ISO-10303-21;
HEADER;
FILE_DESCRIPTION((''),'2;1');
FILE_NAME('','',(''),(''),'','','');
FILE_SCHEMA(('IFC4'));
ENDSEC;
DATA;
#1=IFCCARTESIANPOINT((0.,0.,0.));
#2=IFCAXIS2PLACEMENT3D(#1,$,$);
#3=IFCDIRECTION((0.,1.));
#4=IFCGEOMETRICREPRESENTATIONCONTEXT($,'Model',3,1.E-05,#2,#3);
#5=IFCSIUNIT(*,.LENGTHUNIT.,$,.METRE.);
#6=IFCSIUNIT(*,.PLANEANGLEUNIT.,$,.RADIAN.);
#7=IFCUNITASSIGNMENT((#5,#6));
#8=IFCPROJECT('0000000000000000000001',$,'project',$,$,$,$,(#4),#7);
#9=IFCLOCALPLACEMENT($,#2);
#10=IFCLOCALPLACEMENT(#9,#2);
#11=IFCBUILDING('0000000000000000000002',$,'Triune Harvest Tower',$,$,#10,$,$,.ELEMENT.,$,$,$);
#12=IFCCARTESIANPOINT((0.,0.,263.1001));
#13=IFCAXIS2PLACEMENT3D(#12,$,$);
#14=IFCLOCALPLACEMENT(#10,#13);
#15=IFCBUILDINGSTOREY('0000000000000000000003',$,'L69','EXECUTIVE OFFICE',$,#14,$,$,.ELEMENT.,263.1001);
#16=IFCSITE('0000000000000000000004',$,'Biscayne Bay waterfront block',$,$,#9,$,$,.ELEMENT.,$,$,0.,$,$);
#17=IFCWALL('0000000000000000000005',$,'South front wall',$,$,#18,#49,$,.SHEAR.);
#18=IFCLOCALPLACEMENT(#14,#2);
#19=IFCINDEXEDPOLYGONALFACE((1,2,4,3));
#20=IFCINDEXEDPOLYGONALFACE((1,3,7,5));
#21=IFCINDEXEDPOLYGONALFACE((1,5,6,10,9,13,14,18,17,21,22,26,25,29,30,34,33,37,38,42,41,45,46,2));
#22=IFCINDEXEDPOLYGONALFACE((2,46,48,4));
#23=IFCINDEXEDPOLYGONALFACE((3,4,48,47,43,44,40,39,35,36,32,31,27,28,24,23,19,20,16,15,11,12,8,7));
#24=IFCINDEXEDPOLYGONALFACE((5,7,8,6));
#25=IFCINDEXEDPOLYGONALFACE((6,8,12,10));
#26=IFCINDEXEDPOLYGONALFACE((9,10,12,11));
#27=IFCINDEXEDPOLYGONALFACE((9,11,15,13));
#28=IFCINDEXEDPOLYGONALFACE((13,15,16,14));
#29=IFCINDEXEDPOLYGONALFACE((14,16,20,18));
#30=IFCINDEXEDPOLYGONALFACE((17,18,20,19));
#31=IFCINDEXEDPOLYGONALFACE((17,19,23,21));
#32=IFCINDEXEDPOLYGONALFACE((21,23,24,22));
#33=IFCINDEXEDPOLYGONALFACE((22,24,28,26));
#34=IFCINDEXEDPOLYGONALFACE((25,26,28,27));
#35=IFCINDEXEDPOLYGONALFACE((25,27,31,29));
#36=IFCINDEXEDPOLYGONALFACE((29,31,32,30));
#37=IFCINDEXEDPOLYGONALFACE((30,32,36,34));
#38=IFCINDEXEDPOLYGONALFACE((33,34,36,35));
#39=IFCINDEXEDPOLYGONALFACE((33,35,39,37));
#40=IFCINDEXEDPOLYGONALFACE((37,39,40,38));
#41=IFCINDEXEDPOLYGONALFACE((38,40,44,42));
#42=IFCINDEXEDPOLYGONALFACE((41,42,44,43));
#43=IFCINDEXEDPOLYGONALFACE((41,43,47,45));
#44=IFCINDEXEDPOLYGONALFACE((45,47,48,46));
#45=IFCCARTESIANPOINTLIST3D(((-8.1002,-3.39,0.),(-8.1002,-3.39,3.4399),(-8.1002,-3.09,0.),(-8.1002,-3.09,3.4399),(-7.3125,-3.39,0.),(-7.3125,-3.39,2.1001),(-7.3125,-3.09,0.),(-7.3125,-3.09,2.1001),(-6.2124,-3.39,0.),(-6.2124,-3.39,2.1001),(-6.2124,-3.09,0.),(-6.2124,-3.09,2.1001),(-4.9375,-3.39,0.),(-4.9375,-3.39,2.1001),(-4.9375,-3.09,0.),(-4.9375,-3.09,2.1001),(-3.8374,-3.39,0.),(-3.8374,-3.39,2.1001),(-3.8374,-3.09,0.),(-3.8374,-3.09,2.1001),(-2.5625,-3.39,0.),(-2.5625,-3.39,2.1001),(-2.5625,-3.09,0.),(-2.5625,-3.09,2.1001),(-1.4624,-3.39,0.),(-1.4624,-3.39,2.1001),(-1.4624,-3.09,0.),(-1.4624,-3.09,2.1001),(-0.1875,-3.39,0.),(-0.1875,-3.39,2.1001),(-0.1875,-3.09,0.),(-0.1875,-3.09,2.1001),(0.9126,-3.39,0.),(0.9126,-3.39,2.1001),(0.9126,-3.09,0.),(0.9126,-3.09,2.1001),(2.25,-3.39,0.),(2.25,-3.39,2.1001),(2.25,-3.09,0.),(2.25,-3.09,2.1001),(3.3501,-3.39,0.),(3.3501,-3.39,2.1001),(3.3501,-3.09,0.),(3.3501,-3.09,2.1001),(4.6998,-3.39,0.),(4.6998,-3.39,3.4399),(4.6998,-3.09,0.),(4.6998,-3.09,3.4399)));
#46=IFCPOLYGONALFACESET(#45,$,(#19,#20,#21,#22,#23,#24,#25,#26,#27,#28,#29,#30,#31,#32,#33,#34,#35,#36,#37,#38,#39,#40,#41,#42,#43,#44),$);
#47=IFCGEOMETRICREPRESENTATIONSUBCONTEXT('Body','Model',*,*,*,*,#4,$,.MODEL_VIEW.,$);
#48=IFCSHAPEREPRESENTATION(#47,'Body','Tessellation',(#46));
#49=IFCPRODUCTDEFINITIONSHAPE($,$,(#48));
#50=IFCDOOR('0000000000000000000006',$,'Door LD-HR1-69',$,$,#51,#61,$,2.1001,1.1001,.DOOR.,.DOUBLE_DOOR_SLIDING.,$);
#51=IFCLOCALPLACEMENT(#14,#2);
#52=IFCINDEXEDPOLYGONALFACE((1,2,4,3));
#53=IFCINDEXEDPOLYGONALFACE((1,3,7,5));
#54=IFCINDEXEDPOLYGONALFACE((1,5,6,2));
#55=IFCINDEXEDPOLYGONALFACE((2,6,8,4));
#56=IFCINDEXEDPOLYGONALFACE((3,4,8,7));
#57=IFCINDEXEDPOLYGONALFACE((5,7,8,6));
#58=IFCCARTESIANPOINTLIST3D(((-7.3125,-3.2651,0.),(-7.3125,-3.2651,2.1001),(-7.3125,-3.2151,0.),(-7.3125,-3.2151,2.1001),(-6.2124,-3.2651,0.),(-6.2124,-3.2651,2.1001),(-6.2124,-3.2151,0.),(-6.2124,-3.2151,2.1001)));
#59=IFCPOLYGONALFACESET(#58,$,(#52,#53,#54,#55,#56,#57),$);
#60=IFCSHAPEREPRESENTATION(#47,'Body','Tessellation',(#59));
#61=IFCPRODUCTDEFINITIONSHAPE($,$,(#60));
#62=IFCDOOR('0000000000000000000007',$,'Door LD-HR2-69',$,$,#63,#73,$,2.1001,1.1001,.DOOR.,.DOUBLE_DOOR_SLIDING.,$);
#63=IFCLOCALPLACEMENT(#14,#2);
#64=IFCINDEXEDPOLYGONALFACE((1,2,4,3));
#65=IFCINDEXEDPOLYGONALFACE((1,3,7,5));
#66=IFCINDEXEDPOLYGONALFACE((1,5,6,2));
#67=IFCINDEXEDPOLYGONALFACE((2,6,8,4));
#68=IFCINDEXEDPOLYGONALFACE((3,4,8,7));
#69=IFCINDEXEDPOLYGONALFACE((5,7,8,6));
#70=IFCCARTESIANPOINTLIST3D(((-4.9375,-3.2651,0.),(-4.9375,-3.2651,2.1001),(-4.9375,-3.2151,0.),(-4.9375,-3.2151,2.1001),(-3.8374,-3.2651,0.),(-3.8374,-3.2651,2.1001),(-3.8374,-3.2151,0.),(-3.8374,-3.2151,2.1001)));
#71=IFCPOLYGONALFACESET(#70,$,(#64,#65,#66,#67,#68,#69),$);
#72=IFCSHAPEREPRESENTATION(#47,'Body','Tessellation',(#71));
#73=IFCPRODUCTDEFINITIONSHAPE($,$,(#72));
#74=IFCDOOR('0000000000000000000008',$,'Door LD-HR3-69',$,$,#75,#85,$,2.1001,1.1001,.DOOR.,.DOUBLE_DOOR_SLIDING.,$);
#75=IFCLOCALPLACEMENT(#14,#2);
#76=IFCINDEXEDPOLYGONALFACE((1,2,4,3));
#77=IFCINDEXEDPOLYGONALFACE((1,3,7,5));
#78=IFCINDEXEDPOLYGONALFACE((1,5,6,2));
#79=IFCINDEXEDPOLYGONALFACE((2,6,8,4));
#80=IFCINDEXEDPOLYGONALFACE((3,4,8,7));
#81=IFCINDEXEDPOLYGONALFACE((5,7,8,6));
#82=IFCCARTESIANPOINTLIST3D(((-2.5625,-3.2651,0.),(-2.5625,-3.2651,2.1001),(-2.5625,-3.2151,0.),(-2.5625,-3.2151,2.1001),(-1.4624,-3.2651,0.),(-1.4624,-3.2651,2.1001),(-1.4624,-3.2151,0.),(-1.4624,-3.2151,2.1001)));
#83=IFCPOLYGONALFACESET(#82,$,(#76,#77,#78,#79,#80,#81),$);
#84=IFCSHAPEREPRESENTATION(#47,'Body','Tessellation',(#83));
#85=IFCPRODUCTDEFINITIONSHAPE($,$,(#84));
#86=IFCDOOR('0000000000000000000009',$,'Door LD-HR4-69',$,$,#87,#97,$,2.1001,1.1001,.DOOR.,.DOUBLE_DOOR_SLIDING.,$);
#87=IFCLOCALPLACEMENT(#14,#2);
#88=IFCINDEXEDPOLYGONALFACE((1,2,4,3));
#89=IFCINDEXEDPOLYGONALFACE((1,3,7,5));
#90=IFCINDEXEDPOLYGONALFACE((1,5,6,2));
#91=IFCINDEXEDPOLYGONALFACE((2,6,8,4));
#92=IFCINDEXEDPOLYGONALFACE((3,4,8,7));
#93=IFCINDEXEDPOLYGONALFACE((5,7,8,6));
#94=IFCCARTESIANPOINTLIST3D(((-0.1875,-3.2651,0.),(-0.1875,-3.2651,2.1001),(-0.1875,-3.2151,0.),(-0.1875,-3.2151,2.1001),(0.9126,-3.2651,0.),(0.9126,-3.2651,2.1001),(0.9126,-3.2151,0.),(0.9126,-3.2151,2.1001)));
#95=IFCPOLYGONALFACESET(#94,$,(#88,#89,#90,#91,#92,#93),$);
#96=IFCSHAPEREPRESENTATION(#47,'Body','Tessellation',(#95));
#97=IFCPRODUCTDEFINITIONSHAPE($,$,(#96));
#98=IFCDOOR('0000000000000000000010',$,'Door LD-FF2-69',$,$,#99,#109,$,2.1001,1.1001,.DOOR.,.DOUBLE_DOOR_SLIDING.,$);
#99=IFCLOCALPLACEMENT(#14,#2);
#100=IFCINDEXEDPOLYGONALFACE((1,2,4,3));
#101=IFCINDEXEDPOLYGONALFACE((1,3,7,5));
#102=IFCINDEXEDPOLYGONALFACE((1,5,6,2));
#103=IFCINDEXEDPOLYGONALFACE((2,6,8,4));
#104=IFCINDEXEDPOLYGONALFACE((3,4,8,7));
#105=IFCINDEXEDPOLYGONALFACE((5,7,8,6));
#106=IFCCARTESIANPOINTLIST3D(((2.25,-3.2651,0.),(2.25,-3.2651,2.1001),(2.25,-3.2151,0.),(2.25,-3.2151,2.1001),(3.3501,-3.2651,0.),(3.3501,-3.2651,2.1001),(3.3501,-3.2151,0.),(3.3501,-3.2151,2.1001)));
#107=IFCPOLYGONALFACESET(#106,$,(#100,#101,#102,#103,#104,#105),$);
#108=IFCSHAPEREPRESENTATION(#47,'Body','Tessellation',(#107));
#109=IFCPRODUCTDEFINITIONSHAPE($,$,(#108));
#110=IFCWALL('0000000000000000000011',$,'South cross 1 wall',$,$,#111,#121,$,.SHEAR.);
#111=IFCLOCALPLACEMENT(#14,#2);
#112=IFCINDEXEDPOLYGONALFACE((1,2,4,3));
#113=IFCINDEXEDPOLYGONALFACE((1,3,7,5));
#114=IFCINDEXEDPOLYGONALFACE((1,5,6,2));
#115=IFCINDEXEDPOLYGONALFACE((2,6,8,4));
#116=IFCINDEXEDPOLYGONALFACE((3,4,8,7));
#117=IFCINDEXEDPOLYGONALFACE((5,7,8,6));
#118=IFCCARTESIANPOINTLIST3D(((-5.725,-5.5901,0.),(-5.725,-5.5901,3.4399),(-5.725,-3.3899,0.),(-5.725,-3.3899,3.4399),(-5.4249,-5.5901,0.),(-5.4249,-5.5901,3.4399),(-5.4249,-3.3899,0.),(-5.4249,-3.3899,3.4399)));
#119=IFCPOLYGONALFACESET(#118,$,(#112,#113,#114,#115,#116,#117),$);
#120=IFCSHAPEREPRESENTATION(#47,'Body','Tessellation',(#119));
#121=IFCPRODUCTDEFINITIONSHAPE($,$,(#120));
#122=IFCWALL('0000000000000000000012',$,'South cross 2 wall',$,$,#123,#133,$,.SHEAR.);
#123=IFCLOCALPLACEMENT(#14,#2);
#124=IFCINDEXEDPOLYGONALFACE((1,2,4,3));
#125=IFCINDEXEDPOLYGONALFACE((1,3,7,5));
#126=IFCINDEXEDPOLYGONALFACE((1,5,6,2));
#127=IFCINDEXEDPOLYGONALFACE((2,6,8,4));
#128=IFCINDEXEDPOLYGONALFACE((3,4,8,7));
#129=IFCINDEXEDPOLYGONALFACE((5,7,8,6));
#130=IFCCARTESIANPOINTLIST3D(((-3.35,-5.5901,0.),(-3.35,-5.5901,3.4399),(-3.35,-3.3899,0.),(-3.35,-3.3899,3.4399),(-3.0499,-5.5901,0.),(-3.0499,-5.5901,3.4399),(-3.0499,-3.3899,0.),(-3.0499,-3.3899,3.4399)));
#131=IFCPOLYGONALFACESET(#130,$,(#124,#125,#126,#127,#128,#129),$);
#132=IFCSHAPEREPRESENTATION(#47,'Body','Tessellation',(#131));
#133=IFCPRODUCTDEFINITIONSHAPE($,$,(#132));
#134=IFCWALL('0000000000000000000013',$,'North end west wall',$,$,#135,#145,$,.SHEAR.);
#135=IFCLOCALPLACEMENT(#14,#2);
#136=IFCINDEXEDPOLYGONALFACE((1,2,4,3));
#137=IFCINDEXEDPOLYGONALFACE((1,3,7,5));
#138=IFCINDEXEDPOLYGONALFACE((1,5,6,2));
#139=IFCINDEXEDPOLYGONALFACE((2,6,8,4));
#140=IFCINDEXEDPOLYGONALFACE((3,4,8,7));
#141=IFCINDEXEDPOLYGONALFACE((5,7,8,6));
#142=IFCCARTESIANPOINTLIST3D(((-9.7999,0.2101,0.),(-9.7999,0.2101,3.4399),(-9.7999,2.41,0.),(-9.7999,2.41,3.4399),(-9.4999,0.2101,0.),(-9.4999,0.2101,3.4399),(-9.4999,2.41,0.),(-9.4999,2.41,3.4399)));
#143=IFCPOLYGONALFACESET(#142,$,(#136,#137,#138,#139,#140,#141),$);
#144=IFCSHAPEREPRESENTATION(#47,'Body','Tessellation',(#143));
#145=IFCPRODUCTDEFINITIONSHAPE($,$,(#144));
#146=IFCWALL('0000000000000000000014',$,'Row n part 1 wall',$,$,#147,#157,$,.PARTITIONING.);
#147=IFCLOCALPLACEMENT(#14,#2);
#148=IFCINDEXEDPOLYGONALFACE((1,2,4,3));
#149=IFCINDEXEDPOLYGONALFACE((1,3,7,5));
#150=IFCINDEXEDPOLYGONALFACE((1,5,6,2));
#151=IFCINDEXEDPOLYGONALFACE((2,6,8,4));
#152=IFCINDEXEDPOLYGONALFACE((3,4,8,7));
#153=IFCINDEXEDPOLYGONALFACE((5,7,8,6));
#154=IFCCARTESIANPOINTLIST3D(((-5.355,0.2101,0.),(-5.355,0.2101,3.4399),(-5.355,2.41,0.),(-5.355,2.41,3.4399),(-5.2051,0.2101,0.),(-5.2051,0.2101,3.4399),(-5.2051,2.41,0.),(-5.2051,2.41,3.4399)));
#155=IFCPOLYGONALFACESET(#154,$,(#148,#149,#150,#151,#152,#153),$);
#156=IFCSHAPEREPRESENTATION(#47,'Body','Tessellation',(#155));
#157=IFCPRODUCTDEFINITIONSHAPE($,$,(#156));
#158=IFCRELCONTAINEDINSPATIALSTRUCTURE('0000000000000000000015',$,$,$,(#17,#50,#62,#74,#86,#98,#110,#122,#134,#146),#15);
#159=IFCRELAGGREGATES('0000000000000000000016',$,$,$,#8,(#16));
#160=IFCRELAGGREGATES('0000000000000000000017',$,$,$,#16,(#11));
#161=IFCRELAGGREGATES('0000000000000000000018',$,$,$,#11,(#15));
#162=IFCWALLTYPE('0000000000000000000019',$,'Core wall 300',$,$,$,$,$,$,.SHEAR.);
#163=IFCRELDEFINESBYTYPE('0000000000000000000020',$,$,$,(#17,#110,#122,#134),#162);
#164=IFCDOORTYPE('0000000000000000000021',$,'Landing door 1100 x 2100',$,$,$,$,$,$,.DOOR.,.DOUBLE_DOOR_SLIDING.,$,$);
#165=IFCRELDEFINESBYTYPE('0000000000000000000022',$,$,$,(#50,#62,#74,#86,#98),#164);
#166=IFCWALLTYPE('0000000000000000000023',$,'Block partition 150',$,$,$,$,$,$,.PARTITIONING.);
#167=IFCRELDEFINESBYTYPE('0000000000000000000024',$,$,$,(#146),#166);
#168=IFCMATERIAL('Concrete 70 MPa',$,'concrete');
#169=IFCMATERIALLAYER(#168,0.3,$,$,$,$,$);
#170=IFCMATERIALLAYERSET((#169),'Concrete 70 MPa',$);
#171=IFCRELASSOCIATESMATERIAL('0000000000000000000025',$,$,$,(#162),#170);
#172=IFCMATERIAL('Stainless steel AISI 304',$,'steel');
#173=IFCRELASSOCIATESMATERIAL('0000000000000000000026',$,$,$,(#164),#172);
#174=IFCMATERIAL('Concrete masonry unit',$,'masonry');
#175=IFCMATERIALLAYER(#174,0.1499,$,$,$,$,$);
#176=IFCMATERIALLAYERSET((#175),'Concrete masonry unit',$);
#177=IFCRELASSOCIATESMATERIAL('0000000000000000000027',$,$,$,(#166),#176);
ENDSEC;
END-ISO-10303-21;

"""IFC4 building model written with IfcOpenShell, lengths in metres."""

from ifc_helpers import new_model, si_unit, direction, frame, frame_2d, origin, place, context, subcontext, project, spatial, rectangle, extrude, source, transform, mapped, material, layer, layer_set, type_object, element, fill, save


model = new_model("IFC4")

# Units and contexts
model_context = context("Model", 3, precision=1e-05, world=origin(), true_north=direction((0.0, 1.0)))
body_context = subcontext(model_context, "Body", "Model", "MODEL_VIEW")
ifc_project = project(units=[si_unit("LENGTHUNIT", "METRE"), si_unit("PLANEANGLEUNIT", "RADIAN")], contexts=[model_context])

# Site, building, storey
site_placement = place(None, origin())
site = spatial("IfcSite", under=ifc_project, at=site_placement, Name="Biscayne Bay waterfront block", CompositionType="ELEMENT", RefElevation=0.0)
building_placement = place(site_placement, origin())
building = spatial("IfcBuilding", under=site, at=building_placement, Name="Triune Harvest Tower", CompositionType="ELEMENT")
storey_placement = place(building_placement, frame((0.0, 0.0, 263.1001)))
storey = spatial("IfcBuildingStorey", under=building, at=storey_placement, Name="L69", Description="EXECUTIVE OFFICE", CompositionType="ELEMENT", Elevation=263.1001)

# Wall, openings, doors
ifc_material_1 = material(Name="Concrete 70 MPa", Category="concrete")
ifc_layer_1 = layer(ifc_material_1, 0.3)
ifc_layer_set_1 = layer_set([ifc_layer_1], Name="Concrete 70 MPa")
wall_type_1 = type_object("IfcWallType", Name="Core wall 300", PredefinedType="SHEAR", material=ifc_layer_set_1)
shared_shape_1 = source(origin(), body_context, "Body", "SweptSolid", [
    extrude(rectangle(XDim=12.8, YDim=0.3, at=frame_2d((6.3999, 0.0))), origin(), (0.0, 0.0, 1.0), 3.4399),
])
wall_1_placement = place(storey_placement, frame((-8.1001, -3.24, 0.0), z_axis=(0.0, 0.0, 1.0), x_axis=(1.0, 0.0, 0.0)))
wall_1 = element("IfcWall", 1, at=wall_1_placement, inside=storey, type_object=wall_type_1, Name="South front wall", PredefinedType="SHEAR", context=body_context, shape_type="MappedRepresentation", body=[
    mapped(shared_shape_1, transform((0.0, 0.0, 0.0), scale=1.0)),
])
opening_1_placement = place(wall_1_placement, frame((0.7876, 0.0, 0.0)))
opening_1 = element("IfcOpeningElement", 2, at=opening_1_placement, cuts=wall_1, PredefinedType="OPENING", context=body_context, shape_type="SweptSolid", body=[
    extrude(rectangle(XDim=1.1001, YDim=2.1001, at=frame_2d((0.55, 1.05))), frame((0.0, 0.1602, 0.0), z_axis=(0.0, -1.0, 0.0), x_axis=(1.0, 0.0, 0.0)), (0.0, 0.0, 1.0), 0.3201),
])
opening_2_placement = place(wall_1_placement, frame((3.1626, 0.0, 0.0)))
opening_2 = element("IfcOpeningElement", 3, at=opening_2_placement, cuts=wall_1, PredefinedType="OPENING", context=body_context, shape_type="SweptSolid", body=[
    extrude(rectangle(XDim=1.1001, YDim=2.1001, at=frame_2d((0.55, 1.05))), frame((0.0, 0.1602, 0.0), z_axis=(0.0, -1.0, 0.0), x_axis=(1.0, 0.0, 0.0)), (0.0, 0.0, 1.0), 0.3201),
])
opening_3_placement = place(wall_1_placement, frame((5.5376, 0.0, 0.0)))
opening_3 = element("IfcOpeningElement", 4, at=opening_3_placement, cuts=wall_1, PredefinedType="OPENING", context=body_context, shape_type="SweptSolid", body=[
    extrude(rectangle(XDim=1.1001, YDim=2.1001, at=frame_2d((0.55, 1.05))), frame((0.0, 0.1602, 0.0), z_axis=(0.0, -1.0, 0.0), x_axis=(1.0, 0.0, 0.0)), (0.0, 0.0, 1.0), 0.3201),
])
opening_4_placement = place(wall_1_placement, frame((7.9126, 0.0, 0.0)))
opening_4 = element("IfcOpeningElement", 5, at=opening_4_placement, cuts=wall_1, PredefinedType="OPENING", context=body_context, shape_type="SweptSolid", body=[
    extrude(rectangle(XDim=1.1001, YDim=2.1001, at=frame_2d((0.55, 1.05))), frame((0.0, 0.1602, 0.0), z_axis=(0.0, -1.0, 0.0), x_axis=(1.0, 0.0, 0.0)), (0.0, 0.0, 1.0), 0.3201),
])
opening_5_placement = place(wall_1_placement, frame((10.3501, 0.0, 0.0)))
opening_5 = element("IfcOpeningElement", 6, at=opening_5_placement, cuts=wall_1, PredefinedType="OPENING", context=body_context, shape_type="SweptSolid", body=[
    extrude(rectangle(XDim=1.1001, YDim=2.1001, at=frame_2d((0.55, 1.05))), frame((0.0, 0.1602, 0.0), z_axis=(0.0, -1.0, 0.0), x_axis=(1.0, 0.0, 0.0)), (0.0, 0.0, 1.0), 0.3201),
])
ifc_material_2 = material(Name="Stainless steel AISI 304", Category="steel")
door_type_1 = type_object("IfcDoorType", Name="Landing door 1100 x 2100", OperationType="DOUBLE_DOOR_SLIDING", PredefinedType="DOOR", material=ifc_material_2)
door_1_placement = place(opening_1_placement, origin())
door_1 = element("IfcDoor", 7, at=door_1_placement, inside=storey, type_object=door_type_1, Name="Door LD-HR1-69", OperationType="DOUBLE_DOOR_SLIDING", OverallHeight=2.1001, OverallWidth=1.1001, PredefinedType="DOOR", context=body_context, shape_type="SweptSolid", body=[
    extrude(rectangle(XDim=1.1001, YDim=2.1001, at=frame_2d((0.55, 1.05))), frame((0.0, 0.0249, 0.0), z_axis=(0.0, -1.0, 0.0), x_axis=(1.0, 0.0, 0.0)), (0.0, 0.0, 1.0), 0.05),
])
fill(opening_1, door_1)
door_2_placement = place(opening_2_placement, origin())
door_2 = element("IfcDoor", 8, at=door_2_placement, inside=storey, type_object=door_type_1, Name="Door LD-HR2-69", OperationType="DOUBLE_DOOR_SLIDING", OverallHeight=2.1001, OverallWidth=1.1001, PredefinedType="DOOR", context=body_context, shape_type="SweptSolid", body=[
    extrude(rectangle(XDim=1.1001, YDim=2.1001, at=frame_2d((0.55, 1.05))), frame((0.0, 0.0249, 0.0), z_axis=(0.0, -1.0, 0.0), x_axis=(1.0, 0.0, 0.0)), (0.0, 0.0, 1.0), 0.05),
])
fill(opening_2, door_2)
door_3_placement = place(opening_3_placement, origin())
door_3 = element("IfcDoor", 9, at=door_3_placement, inside=storey, type_object=door_type_1, Name="Door LD-HR3-69", OperationType="DOUBLE_DOOR_SLIDING", OverallHeight=2.1001, OverallWidth=1.1001, PredefinedType="DOOR", context=body_context, shape_type="SweptSolid", body=[
    extrude(rectangle(XDim=1.1001, YDim=2.1001, at=frame_2d((0.55, 1.05))), frame((0.0, 0.0249, 0.0), z_axis=(0.0, -1.0, 0.0), x_axis=(1.0, 0.0, 0.0)), (0.0, 0.0, 1.0), 0.05),
])
fill(opening_3, door_3)
door_4_placement = place(opening_4_placement, origin())
door_4 = element("IfcDoor", 10, at=door_4_placement, inside=storey, type_object=door_type_1, Name="Door LD-HR4-69", OperationType="DOUBLE_DOOR_SLIDING", OverallHeight=2.1001, OverallWidth=1.1001, PredefinedType="DOOR", context=body_context, shape_type="SweptSolid", body=[
    extrude(rectangle(XDim=1.1001, YDim=2.1001, at=frame_2d((0.55, 1.05))), frame((0.0, 0.0249, 0.0), z_axis=(0.0, -1.0, 0.0), x_axis=(1.0, 0.0, 0.0)), (0.0, 0.0, 1.0), 0.05),
])
fill(opening_4, door_4)
door_5_placement = place(opening_5_placement, origin())
door_5 = element("IfcDoor", 11, at=door_5_placement, inside=storey, type_object=door_type_1, Name="Door LD-FF2-69", OperationType="DOUBLE_DOOR_SLIDING", OverallHeight=2.1001, OverallWidth=1.1001, PredefinedType="DOOR", context=body_context, shape_type="SweptSolid", body=[
    extrude(rectangle(XDim=1.1001, YDim=2.1001, at=frame_2d((0.55, 1.05))), frame((0.0, 0.0249, 0.0), z_axis=(0.0, -1.0, 0.0), x_axis=(1.0, 0.0, 0.0)), (0.0, 0.0, 1.0), 0.05),
])
fill(opening_5, door_5)

# Walls
shared_shape_2 = source(origin(), body_context, "Body", "SweptSolid", [
    extrude(rectangle(XDim=2.2002, YDim=0.3, at=frame_2d((1.1001, 0.0))), origin(), (0.0, 0.0, 1.0), 3.4399),
])
for number, where, z_axis, x_axis, name in (
    (12, (-5.575, -5.5901, 0.0), (0.0, 0.0, 1.0), (0.0, 1.0, 0.0), "South cross 1 wall"),
    (13, (-3.2, -5.5901, 0.0), (0.0, 0.0, 1.0), (0.0, 1.0, 0.0), "South cross 2 wall"),
):
    element("IfcWall", number, at=place(storey_placement, frame(where, z_axis=z_axis, x_axis=x_axis)), inside=storey, type_object=wall_type_1, Name=name, PredefinedType="SHEAR", context=body_context, shape_type="MappedRepresentation", body=[
        mapped(shared_shape_2, transform((0.0, 0.0, 0.0), scale=1.0)),
    ])
shared_shape_3 = source(origin(), body_context, "Body", "SweptSolid", [
    extrude(rectangle(XDim=2.2, YDim=0.3, at=frame_2d((1.1001, 0.0))), origin(), (0.0, 0.0, 1.0), 3.4399),
])
wall_2_placement = place(storey_placement, frame((-9.6499, 0.21, 0.0), z_axis=(0.0, 0.0, 1.0), x_axis=(0.0, 1.0, 0.0)))
element("IfcWall", 14, at=wall_2_placement, inside=storey, type_object=wall_type_1, Name="North end west wall", PredefinedType="SHEAR", context=body_context, shape_type="MappedRepresentation", body=[
    mapped(shared_shape_3, transform((0.0, 0.0, 0.0), scale=1.0)),
])
ifc_material_3 = material(Name="Concrete masonry unit", Category="masonry")
ifc_layer_2 = layer(ifc_material_3, 0.1499)
ifc_layer_set_2 = layer_set([ifc_layer_2], Name="Concrete masonry unit")
wall_type_2 = type_object("IfcWallType", Name="Block partition 150", PredefinedType="PARTITIONING", material=ifc_layer_set_2)
shared_shape_4 = source(origin(), body_context, "Body", "SweptSolid", [
    extrude(rectangle(XDim=2.2, YDim=0.1499, at=frame_2d((1.1001, 0.0))), origin(), (0.0, 0.0, 1.0), 3.4399),
])
wall_3_placement = place(storey_placement, frame((-5.28, 0.21, 0.0), z_axis=(0.0, 0.0, 1.0), x_axis=(0.0, 1.0, 0.0)))
element("IfcWall", 15, at=wall_3_placement, inside=storey, type_object=wall_type_2, Name="Row n part 1 wall", PredefinedType="PARTITIONING", context=body_context, shape_type="MappedRepresentation", body=[
    mapped(shared_shape_4, transform((0.0, 0.0, 0.0), scale=1.0)),
])

save(model, "model.ifc")
